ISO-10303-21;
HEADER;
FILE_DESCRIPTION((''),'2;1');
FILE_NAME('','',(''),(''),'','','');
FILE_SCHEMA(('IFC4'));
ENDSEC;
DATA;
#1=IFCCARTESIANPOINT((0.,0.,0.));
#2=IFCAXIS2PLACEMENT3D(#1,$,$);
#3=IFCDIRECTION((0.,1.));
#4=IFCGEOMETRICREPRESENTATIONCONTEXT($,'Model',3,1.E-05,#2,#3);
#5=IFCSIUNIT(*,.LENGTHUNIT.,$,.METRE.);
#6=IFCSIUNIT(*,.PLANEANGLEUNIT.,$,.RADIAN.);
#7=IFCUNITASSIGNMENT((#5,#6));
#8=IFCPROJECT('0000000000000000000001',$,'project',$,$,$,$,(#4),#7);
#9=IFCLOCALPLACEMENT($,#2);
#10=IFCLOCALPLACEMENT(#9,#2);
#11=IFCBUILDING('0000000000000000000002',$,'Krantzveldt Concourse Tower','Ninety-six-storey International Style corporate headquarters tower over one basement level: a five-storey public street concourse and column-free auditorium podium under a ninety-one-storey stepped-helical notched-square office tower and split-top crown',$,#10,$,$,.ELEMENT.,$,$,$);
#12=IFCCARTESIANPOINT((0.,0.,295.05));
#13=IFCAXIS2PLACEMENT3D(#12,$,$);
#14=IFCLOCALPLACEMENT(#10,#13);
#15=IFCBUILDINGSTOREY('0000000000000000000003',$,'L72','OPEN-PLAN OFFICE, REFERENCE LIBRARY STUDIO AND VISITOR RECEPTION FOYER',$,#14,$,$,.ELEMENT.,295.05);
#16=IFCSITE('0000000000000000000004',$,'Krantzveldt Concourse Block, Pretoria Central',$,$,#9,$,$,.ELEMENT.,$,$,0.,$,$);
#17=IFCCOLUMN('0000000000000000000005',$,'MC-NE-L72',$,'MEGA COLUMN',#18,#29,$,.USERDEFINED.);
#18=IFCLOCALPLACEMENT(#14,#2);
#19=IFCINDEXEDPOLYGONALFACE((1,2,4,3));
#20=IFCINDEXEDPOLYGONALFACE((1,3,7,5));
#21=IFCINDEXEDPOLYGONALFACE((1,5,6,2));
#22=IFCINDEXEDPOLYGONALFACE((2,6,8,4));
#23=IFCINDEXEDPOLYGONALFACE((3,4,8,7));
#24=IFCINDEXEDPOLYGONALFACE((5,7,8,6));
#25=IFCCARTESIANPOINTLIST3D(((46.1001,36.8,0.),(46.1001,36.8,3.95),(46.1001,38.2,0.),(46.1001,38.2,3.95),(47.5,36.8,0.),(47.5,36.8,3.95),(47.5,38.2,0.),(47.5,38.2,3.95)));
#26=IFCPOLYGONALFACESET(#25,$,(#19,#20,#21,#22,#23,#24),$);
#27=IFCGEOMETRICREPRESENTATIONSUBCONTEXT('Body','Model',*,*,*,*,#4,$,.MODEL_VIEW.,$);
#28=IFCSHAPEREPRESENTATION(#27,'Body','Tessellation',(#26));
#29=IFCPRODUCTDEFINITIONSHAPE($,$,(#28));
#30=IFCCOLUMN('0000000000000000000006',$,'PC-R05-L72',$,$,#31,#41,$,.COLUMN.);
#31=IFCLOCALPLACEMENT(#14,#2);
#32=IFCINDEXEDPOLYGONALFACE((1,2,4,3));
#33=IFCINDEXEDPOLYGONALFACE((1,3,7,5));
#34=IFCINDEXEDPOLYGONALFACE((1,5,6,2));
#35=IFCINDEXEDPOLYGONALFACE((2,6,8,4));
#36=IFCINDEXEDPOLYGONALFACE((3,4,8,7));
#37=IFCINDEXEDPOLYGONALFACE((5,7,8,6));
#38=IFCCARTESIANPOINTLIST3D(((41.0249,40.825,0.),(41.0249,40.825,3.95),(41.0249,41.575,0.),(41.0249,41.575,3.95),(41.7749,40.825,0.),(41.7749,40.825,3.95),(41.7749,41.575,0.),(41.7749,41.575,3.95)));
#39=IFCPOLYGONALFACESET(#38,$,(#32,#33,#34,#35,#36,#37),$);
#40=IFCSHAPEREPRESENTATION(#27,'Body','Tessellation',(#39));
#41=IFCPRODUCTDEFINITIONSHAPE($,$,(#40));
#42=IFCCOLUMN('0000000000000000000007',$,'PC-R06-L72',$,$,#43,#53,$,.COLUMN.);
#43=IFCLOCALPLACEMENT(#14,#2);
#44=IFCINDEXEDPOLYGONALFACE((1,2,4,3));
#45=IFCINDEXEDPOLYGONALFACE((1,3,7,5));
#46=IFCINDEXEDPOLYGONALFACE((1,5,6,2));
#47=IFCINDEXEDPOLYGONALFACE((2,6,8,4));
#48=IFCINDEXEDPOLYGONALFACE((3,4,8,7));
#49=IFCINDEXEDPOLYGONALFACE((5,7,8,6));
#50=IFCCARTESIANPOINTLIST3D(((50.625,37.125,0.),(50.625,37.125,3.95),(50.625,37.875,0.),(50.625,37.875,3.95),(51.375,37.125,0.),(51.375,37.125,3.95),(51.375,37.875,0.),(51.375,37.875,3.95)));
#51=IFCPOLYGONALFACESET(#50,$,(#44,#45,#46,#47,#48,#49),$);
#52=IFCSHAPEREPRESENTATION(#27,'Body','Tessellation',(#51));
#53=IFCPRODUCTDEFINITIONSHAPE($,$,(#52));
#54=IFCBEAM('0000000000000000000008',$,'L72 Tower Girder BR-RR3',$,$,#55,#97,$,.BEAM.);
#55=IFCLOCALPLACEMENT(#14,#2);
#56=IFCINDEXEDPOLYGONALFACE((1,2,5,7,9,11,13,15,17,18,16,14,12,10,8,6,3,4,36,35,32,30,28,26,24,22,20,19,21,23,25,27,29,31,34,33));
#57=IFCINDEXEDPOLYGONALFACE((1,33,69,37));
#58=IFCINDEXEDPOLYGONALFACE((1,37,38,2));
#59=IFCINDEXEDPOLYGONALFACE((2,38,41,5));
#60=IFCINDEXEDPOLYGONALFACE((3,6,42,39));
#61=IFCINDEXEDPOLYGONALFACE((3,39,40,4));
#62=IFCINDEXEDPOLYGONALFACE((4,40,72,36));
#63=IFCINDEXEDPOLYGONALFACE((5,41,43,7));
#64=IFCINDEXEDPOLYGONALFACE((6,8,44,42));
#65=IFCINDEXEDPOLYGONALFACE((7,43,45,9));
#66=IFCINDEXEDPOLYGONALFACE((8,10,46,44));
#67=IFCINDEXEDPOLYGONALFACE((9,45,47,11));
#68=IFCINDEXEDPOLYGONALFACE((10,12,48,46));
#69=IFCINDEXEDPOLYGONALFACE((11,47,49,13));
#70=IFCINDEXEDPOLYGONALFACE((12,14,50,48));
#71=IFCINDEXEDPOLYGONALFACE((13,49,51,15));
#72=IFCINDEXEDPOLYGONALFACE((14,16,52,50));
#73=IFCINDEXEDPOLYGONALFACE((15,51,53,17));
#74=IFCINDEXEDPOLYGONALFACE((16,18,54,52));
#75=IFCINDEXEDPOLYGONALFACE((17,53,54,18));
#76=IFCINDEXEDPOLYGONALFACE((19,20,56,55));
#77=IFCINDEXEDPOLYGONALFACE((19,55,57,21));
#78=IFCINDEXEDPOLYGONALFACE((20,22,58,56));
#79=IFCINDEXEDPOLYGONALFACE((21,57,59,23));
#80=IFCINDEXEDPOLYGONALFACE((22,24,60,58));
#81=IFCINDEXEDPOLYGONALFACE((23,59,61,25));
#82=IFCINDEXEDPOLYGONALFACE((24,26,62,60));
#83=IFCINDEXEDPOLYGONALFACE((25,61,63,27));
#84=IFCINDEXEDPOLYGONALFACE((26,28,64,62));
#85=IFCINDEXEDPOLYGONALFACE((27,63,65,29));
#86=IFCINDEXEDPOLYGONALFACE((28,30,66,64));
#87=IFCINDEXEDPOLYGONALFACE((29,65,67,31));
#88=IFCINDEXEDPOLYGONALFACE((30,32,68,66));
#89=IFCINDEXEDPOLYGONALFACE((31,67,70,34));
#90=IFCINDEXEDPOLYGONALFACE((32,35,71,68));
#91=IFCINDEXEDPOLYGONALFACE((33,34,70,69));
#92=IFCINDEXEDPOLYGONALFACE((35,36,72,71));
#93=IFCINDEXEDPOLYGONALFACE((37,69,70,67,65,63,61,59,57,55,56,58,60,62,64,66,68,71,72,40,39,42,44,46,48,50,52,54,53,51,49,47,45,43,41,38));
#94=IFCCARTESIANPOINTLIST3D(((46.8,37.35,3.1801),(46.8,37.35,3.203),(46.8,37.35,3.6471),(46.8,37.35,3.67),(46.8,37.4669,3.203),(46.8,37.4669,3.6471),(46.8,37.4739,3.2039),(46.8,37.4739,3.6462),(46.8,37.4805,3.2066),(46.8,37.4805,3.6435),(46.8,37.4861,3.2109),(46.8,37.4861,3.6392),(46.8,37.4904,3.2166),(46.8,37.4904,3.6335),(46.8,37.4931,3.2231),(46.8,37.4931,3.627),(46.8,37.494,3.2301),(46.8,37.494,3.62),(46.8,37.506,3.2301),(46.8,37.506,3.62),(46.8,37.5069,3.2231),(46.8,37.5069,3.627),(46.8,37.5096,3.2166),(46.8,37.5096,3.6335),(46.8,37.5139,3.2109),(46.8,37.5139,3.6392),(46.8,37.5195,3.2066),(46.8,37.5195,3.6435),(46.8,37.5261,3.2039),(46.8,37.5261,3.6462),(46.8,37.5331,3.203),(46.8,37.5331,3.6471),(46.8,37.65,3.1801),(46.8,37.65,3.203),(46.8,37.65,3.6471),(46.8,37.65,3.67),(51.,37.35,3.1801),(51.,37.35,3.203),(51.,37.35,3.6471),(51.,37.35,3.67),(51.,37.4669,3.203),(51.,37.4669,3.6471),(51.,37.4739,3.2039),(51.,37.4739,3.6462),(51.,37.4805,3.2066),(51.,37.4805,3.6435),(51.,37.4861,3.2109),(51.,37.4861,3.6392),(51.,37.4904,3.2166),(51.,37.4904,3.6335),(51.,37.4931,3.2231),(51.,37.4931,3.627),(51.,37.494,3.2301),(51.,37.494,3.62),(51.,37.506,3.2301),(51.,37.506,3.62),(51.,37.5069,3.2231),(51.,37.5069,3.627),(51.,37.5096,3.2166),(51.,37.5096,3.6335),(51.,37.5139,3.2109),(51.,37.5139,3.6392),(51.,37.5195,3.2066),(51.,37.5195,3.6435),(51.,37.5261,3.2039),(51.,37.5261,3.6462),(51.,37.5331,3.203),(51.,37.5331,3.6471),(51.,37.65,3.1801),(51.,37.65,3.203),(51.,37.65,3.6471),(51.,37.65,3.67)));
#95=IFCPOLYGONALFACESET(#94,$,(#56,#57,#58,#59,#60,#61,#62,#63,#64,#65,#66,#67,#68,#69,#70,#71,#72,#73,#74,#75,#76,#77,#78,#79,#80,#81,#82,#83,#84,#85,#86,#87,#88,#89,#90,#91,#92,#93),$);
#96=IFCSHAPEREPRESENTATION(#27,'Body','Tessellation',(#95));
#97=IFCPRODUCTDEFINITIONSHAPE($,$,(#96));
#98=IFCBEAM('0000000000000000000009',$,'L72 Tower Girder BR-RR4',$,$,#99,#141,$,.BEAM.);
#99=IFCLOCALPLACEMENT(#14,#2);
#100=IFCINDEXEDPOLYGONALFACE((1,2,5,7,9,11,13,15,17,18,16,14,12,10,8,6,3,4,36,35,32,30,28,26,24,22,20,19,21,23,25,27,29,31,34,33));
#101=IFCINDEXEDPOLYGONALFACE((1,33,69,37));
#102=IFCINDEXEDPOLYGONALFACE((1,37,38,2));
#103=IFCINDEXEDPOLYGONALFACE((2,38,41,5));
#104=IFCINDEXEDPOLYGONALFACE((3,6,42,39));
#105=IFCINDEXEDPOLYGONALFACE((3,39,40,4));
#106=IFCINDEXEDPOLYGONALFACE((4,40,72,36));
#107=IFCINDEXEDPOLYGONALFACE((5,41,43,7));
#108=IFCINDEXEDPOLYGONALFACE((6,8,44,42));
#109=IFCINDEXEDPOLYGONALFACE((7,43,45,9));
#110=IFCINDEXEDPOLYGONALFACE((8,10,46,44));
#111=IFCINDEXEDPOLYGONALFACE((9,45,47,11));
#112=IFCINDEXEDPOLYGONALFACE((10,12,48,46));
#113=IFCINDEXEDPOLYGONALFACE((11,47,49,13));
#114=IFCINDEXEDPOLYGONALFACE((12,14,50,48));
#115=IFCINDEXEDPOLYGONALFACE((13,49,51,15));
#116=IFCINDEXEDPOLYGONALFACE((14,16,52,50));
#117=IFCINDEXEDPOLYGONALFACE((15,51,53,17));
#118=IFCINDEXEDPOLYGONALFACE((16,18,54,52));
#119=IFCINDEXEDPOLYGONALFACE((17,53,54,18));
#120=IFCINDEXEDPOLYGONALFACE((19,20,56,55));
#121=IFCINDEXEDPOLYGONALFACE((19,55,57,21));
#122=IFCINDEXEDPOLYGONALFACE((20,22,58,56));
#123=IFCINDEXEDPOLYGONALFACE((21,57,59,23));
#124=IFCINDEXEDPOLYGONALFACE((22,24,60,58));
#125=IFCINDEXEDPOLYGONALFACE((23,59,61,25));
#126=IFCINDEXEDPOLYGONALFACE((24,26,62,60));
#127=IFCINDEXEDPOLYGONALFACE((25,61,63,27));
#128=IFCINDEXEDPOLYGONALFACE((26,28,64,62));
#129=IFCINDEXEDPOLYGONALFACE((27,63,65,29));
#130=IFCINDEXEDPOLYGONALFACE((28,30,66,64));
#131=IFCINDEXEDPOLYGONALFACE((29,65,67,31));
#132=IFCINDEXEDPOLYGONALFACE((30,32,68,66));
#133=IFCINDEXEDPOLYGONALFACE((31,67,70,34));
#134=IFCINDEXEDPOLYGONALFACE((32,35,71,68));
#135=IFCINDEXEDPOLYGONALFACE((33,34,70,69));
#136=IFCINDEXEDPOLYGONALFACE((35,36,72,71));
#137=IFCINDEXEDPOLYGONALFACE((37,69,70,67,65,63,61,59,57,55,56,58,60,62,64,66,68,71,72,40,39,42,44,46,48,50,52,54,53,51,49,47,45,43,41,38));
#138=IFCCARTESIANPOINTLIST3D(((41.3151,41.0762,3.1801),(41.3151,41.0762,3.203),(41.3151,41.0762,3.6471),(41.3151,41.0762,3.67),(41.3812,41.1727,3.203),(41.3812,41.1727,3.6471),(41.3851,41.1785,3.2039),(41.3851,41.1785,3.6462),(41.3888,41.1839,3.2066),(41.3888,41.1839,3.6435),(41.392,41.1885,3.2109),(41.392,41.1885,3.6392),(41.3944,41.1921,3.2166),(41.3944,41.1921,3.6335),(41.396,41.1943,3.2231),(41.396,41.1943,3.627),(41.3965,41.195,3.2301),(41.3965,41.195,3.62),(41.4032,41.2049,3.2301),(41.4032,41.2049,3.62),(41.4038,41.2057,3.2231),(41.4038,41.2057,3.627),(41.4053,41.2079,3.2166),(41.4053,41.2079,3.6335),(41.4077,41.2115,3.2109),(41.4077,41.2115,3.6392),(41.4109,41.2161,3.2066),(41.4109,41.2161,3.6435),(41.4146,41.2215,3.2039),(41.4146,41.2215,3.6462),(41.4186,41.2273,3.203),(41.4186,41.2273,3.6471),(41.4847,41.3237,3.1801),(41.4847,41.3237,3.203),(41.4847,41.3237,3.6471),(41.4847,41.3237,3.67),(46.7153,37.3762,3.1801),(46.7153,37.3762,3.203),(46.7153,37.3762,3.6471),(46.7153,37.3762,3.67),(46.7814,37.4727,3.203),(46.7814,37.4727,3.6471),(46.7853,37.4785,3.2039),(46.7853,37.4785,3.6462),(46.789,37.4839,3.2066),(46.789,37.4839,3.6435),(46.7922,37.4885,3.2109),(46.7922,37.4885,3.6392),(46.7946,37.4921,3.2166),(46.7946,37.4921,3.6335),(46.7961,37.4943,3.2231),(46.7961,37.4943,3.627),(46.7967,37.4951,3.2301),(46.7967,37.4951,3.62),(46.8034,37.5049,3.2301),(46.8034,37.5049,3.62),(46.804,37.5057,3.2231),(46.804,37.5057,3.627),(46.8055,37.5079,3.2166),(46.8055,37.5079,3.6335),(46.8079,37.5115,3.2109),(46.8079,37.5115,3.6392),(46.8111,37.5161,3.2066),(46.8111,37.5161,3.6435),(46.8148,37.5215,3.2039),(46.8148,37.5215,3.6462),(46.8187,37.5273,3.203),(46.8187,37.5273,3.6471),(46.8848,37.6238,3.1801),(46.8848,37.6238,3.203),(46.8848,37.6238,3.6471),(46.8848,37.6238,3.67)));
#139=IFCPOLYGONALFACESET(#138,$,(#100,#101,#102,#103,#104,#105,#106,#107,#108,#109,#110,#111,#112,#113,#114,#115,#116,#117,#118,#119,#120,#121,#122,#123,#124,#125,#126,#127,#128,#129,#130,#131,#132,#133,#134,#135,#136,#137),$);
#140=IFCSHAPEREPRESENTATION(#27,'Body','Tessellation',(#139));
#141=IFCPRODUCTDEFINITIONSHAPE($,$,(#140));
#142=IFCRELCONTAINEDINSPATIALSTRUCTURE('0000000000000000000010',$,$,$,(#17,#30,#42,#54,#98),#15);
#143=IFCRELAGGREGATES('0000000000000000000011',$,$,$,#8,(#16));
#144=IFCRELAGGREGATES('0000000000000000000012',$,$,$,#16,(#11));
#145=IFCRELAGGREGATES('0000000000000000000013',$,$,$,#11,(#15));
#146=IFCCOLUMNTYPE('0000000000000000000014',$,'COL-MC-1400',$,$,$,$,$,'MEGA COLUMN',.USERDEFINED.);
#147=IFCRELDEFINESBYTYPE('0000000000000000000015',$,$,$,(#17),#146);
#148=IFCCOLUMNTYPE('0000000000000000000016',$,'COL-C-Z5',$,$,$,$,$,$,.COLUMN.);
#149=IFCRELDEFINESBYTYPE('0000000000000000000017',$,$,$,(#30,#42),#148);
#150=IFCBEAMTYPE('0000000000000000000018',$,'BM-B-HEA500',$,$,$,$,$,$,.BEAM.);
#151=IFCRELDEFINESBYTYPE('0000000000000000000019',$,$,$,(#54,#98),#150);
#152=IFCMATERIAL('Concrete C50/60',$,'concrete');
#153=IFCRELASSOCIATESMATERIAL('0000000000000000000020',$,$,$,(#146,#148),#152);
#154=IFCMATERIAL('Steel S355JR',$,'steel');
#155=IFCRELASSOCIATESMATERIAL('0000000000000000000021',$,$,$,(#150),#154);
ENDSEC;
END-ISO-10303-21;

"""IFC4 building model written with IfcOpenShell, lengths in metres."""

from ifc_helpers import new_model, si_unit, direction, frame, origin, origin_2d, place, context, subcontext, project, spatial, rectangle, i_section, extrude, source, transform, mapped, material, material_profile, profile_set, type_object, type_shapes, element, save


model = new_model("IFC4")

# Units and contexts
model_context = context("Model", 3, precision=1e-05, world=origin(), true_north=direction((0.0, 1.0)))
body_context = subcontext(model_context, "Body", "Model", "MODEL_VIEW")
ifc_project = project(units=[si_unit("LENGTHUNIT", "METRE"), si_unit("PLANEANGLEUNIT", "RADIAN")], contexts=[model_context])

# Site, building, storey
site_placement = place(None, origin())
site = spatial("IfcSite", under=ifc_project, at=site_placement, Name="Krantzveldt Concourse Block, Pretoria Central", CompositionType="ELEMENT", RefElevation=0.0)
building_placement = place(site_placement, origin())
building = spatial("IfcBuilding", under=site, at=building_placement, Name="Krantzveldt Concourse Tower", Description="Ninety-six-storey International Style corporate headquarters tower over one basement level: a five-storey public street concourse and column-free auditorium podium under a ninety-one-storey stepped-helical notched-square office tower and split-top crown", CompositionType="ELEMENT")
storey_placement = place(building_placement, frame((0.0, 0.0, 295.05)))
storey = spatial("IfcBuildingStorey", under=building, at=storey_placement, Name="L72", Description="OPEN-PLAN OFFICE, REFERENCE LIBRARY STUDIO AND VISITOR RECEPTION FOYER", CompositionType="ELEMENT", Elevation=295.05)

# Columns
ifc_material_1 = material(Name="Concrete C50/60", Category="concrete")
ifc_material_profile_1 = material_profile(ifc_material_1, rectangle(XDim=1.3999, YDim=1.3999, at=origin_2d()), Name="Concrete C50/60", Category="concrete")
ifc_profile_set_1 = profile_set([ifc_material_profile_1], Name="Concrete C50/60 - RC 1400x1400")
column_type_1 = type_object("IfcColumnType", Name="COL-MC-1400", ElementType="MEGA COLUMN", PredefinedType="USERDEFINED", material=ifc_profile_set_1)
shared_shape_1 = source(origin(), body_context, "Body", "SweptSolid", [
    extrude(rectangle(XDim=1.3999, YDim=1.3999, at=origin_2d()), origin(), (0.0, 0.0, 1.0), 3.95),
])
type_shapes(column_type_1, [shared_shape_1])
column_placement = place(storey_placement, frame((46.8, 37.5, 0.0), z_axis=(0.0, 0.0, 1.0), x_axis=(1.0, 0.0, 0.0)))
element("IfcColumn", 1, at=column_placement, inside=storey, type_object=column_type_1, Name="MC-NE-L72", ObjectType="MEGA COLUMN", PredefinedType="USERDEFINED", context=body_context, shape_type="MappedRepresentation", body=[
    mapped(shared_shape_1, transform((0.0, 0.0, 0.0), x_axis=(1.0, 0.0, 0.0), y_axis=(0.0, 1.0, 0.0), z_axis=(0.0, 0.0, 1.0), scale=1.0)),
])
ifc_material_profile_2 = material_profile(ifc_material_1, rectangle(XDim=0.75, YDim=0.75, at=origin_2d()), Name="Concrete C50/60", Category="concrete")
ifc_profile_set_2 = profile_set([ifc_material_profile_2], Name="Concrete C50/60 - RC 750x750")
column_type_2 = type_object("IfcColumnType", Name="COL-C-Z5", PredefinedType="COLUMN", material=ifc_profile_set_2)
shared_shape_2 = source(origin(), body_context, "Body", "SweptSolid", [
    extrude(rectangle(XDim=0.75, YDim=0.75, at=origin_2d()), origin(), (0.0, 0.0, 1.0), 3.95),
])
type_shapes(column_type_2, [shared_shape_2])
for number, where, z_axis, x_axis, name in (
    (2, (41.3999, 41.2, 0.0), (0.0, 0.0, 1.0), (1.0, 0.0, 0.0), "PC-R05-L72"),
    (3, (51.0, 37.5, 0.0), (0.0, 0.0, 1.0), (1.0, 0.0, 0.0), "PC-R06-L72"),
):
    element("IfcColumn", number, at=place(storey_placement, frame(where, z_axis=z_axis, x_axis=x_axis)), inside=storey, type_object=column_type_2, Name=name, PredefinedType="COLUMN", context=body_context, shape_type="MappedRepresentation", body=[
        mapped(shared_shape_2, transform((0.0, 0.0, 0.0), x_axis=(1.0, 0.0, 0.0), y_axis=(0.0, 1.0, 0.0), z_axis=(0.0, 0.0, 1.0), scale=1.0)),
    ])

# Beams
ifc_material_2 = material(Name="Steel S355JR", Category="steel")
ifc_material_profile_3 = material_profile(ifc_material_2, i_section(OverallWidth=0.3, OverallDepth=0.49, WebThickness=0.012, FlangeThickness=0.0229, FilletRadius=0.0271, at=origin_2d()), Name="Steel S355JR", Category="steel")
ifc_profile_set_3 = profile_set([ifc_material_profile_3], Name="Steel S355JR - HEA 500")
beam_type_1 = type_object("IfcBeamType", Name="BM-B-HEA500", PredefinedType="BEAM", material=ifc_profile_set_3)
shared_shape_3 = source(origin(), body_context, "Body", "SweptSolid", [
    extrude(i_section(OverallWidth=0.3, OverallDepth=0.49, WebThickness=0.012, FlangeThickness=0.0229, FilletRadius=0.0271, at=origin_2d()), origin(), (0.0, 0.0, 1.0), 4.2),
])
beam_1_placement = place(storey_placement, frame((46.8, 37.5, 3.425), z_axis=(1.0, 0.0, 0.0), x_axis=(0.0, 1.0, 0.0)))
element("IfcBeam", 4, at=beam_1_placement, inside=storey, type_object=beam_type_1, Name="L72 Tower Girder BR-RR3", PredefinedType="BEAM", context=body_context, shape_type="MappedRepresentation", body=[
    mapped(shared_shape_3, transform((0.0, 0.0, 0.0), x_axis=(1.0, 0.0, 0.0), y_axis=(0.0, 1.0, 0.0), z_axis=(0.0, 0.0, 1.0), scale=1.0)),
])
shared_shape_4 = source(origin(), body_context, "Body", "SweptSolid", [
    extrude(i_section(OverallWidth=0.3, OverallDepth=0.49, WebThickness=0.012, FlangeThickness=0.0229, FilletRadius=0.0271, at=origin_2d()), origin(), (0.0, 0.0, 1.0), 6.5461),
])
type_shapes(beam_type_1, [shared_shape_3, shared_shape_4])
beam_2_placement = place(storey_placement, frame((46.8, 37.5, 3.425), z_axis=(-0.824943, 0.565216, 0.0), x_axis=(-0.565216, -0.824943, 0.0)))
element("IfcBeam", 5, at=beam_2_placement, inside=storey, type_object=beam_type_1, Name="L72 Tower Girder BR-RR4", PredefinedType="BEAM", context=body_context, shape_type="MappedRepresentation", body=[
    mapped(shared_shape_4, transform((0.0, 0.0, 0.0), x_axis=(1.0, 0.0, 0.0), y_axis=(0.0, 1.0, 0.0), z_axis=(0.0, 0.0, 1.0), scale=1.0)),
])

save(model, "model.ifc")
